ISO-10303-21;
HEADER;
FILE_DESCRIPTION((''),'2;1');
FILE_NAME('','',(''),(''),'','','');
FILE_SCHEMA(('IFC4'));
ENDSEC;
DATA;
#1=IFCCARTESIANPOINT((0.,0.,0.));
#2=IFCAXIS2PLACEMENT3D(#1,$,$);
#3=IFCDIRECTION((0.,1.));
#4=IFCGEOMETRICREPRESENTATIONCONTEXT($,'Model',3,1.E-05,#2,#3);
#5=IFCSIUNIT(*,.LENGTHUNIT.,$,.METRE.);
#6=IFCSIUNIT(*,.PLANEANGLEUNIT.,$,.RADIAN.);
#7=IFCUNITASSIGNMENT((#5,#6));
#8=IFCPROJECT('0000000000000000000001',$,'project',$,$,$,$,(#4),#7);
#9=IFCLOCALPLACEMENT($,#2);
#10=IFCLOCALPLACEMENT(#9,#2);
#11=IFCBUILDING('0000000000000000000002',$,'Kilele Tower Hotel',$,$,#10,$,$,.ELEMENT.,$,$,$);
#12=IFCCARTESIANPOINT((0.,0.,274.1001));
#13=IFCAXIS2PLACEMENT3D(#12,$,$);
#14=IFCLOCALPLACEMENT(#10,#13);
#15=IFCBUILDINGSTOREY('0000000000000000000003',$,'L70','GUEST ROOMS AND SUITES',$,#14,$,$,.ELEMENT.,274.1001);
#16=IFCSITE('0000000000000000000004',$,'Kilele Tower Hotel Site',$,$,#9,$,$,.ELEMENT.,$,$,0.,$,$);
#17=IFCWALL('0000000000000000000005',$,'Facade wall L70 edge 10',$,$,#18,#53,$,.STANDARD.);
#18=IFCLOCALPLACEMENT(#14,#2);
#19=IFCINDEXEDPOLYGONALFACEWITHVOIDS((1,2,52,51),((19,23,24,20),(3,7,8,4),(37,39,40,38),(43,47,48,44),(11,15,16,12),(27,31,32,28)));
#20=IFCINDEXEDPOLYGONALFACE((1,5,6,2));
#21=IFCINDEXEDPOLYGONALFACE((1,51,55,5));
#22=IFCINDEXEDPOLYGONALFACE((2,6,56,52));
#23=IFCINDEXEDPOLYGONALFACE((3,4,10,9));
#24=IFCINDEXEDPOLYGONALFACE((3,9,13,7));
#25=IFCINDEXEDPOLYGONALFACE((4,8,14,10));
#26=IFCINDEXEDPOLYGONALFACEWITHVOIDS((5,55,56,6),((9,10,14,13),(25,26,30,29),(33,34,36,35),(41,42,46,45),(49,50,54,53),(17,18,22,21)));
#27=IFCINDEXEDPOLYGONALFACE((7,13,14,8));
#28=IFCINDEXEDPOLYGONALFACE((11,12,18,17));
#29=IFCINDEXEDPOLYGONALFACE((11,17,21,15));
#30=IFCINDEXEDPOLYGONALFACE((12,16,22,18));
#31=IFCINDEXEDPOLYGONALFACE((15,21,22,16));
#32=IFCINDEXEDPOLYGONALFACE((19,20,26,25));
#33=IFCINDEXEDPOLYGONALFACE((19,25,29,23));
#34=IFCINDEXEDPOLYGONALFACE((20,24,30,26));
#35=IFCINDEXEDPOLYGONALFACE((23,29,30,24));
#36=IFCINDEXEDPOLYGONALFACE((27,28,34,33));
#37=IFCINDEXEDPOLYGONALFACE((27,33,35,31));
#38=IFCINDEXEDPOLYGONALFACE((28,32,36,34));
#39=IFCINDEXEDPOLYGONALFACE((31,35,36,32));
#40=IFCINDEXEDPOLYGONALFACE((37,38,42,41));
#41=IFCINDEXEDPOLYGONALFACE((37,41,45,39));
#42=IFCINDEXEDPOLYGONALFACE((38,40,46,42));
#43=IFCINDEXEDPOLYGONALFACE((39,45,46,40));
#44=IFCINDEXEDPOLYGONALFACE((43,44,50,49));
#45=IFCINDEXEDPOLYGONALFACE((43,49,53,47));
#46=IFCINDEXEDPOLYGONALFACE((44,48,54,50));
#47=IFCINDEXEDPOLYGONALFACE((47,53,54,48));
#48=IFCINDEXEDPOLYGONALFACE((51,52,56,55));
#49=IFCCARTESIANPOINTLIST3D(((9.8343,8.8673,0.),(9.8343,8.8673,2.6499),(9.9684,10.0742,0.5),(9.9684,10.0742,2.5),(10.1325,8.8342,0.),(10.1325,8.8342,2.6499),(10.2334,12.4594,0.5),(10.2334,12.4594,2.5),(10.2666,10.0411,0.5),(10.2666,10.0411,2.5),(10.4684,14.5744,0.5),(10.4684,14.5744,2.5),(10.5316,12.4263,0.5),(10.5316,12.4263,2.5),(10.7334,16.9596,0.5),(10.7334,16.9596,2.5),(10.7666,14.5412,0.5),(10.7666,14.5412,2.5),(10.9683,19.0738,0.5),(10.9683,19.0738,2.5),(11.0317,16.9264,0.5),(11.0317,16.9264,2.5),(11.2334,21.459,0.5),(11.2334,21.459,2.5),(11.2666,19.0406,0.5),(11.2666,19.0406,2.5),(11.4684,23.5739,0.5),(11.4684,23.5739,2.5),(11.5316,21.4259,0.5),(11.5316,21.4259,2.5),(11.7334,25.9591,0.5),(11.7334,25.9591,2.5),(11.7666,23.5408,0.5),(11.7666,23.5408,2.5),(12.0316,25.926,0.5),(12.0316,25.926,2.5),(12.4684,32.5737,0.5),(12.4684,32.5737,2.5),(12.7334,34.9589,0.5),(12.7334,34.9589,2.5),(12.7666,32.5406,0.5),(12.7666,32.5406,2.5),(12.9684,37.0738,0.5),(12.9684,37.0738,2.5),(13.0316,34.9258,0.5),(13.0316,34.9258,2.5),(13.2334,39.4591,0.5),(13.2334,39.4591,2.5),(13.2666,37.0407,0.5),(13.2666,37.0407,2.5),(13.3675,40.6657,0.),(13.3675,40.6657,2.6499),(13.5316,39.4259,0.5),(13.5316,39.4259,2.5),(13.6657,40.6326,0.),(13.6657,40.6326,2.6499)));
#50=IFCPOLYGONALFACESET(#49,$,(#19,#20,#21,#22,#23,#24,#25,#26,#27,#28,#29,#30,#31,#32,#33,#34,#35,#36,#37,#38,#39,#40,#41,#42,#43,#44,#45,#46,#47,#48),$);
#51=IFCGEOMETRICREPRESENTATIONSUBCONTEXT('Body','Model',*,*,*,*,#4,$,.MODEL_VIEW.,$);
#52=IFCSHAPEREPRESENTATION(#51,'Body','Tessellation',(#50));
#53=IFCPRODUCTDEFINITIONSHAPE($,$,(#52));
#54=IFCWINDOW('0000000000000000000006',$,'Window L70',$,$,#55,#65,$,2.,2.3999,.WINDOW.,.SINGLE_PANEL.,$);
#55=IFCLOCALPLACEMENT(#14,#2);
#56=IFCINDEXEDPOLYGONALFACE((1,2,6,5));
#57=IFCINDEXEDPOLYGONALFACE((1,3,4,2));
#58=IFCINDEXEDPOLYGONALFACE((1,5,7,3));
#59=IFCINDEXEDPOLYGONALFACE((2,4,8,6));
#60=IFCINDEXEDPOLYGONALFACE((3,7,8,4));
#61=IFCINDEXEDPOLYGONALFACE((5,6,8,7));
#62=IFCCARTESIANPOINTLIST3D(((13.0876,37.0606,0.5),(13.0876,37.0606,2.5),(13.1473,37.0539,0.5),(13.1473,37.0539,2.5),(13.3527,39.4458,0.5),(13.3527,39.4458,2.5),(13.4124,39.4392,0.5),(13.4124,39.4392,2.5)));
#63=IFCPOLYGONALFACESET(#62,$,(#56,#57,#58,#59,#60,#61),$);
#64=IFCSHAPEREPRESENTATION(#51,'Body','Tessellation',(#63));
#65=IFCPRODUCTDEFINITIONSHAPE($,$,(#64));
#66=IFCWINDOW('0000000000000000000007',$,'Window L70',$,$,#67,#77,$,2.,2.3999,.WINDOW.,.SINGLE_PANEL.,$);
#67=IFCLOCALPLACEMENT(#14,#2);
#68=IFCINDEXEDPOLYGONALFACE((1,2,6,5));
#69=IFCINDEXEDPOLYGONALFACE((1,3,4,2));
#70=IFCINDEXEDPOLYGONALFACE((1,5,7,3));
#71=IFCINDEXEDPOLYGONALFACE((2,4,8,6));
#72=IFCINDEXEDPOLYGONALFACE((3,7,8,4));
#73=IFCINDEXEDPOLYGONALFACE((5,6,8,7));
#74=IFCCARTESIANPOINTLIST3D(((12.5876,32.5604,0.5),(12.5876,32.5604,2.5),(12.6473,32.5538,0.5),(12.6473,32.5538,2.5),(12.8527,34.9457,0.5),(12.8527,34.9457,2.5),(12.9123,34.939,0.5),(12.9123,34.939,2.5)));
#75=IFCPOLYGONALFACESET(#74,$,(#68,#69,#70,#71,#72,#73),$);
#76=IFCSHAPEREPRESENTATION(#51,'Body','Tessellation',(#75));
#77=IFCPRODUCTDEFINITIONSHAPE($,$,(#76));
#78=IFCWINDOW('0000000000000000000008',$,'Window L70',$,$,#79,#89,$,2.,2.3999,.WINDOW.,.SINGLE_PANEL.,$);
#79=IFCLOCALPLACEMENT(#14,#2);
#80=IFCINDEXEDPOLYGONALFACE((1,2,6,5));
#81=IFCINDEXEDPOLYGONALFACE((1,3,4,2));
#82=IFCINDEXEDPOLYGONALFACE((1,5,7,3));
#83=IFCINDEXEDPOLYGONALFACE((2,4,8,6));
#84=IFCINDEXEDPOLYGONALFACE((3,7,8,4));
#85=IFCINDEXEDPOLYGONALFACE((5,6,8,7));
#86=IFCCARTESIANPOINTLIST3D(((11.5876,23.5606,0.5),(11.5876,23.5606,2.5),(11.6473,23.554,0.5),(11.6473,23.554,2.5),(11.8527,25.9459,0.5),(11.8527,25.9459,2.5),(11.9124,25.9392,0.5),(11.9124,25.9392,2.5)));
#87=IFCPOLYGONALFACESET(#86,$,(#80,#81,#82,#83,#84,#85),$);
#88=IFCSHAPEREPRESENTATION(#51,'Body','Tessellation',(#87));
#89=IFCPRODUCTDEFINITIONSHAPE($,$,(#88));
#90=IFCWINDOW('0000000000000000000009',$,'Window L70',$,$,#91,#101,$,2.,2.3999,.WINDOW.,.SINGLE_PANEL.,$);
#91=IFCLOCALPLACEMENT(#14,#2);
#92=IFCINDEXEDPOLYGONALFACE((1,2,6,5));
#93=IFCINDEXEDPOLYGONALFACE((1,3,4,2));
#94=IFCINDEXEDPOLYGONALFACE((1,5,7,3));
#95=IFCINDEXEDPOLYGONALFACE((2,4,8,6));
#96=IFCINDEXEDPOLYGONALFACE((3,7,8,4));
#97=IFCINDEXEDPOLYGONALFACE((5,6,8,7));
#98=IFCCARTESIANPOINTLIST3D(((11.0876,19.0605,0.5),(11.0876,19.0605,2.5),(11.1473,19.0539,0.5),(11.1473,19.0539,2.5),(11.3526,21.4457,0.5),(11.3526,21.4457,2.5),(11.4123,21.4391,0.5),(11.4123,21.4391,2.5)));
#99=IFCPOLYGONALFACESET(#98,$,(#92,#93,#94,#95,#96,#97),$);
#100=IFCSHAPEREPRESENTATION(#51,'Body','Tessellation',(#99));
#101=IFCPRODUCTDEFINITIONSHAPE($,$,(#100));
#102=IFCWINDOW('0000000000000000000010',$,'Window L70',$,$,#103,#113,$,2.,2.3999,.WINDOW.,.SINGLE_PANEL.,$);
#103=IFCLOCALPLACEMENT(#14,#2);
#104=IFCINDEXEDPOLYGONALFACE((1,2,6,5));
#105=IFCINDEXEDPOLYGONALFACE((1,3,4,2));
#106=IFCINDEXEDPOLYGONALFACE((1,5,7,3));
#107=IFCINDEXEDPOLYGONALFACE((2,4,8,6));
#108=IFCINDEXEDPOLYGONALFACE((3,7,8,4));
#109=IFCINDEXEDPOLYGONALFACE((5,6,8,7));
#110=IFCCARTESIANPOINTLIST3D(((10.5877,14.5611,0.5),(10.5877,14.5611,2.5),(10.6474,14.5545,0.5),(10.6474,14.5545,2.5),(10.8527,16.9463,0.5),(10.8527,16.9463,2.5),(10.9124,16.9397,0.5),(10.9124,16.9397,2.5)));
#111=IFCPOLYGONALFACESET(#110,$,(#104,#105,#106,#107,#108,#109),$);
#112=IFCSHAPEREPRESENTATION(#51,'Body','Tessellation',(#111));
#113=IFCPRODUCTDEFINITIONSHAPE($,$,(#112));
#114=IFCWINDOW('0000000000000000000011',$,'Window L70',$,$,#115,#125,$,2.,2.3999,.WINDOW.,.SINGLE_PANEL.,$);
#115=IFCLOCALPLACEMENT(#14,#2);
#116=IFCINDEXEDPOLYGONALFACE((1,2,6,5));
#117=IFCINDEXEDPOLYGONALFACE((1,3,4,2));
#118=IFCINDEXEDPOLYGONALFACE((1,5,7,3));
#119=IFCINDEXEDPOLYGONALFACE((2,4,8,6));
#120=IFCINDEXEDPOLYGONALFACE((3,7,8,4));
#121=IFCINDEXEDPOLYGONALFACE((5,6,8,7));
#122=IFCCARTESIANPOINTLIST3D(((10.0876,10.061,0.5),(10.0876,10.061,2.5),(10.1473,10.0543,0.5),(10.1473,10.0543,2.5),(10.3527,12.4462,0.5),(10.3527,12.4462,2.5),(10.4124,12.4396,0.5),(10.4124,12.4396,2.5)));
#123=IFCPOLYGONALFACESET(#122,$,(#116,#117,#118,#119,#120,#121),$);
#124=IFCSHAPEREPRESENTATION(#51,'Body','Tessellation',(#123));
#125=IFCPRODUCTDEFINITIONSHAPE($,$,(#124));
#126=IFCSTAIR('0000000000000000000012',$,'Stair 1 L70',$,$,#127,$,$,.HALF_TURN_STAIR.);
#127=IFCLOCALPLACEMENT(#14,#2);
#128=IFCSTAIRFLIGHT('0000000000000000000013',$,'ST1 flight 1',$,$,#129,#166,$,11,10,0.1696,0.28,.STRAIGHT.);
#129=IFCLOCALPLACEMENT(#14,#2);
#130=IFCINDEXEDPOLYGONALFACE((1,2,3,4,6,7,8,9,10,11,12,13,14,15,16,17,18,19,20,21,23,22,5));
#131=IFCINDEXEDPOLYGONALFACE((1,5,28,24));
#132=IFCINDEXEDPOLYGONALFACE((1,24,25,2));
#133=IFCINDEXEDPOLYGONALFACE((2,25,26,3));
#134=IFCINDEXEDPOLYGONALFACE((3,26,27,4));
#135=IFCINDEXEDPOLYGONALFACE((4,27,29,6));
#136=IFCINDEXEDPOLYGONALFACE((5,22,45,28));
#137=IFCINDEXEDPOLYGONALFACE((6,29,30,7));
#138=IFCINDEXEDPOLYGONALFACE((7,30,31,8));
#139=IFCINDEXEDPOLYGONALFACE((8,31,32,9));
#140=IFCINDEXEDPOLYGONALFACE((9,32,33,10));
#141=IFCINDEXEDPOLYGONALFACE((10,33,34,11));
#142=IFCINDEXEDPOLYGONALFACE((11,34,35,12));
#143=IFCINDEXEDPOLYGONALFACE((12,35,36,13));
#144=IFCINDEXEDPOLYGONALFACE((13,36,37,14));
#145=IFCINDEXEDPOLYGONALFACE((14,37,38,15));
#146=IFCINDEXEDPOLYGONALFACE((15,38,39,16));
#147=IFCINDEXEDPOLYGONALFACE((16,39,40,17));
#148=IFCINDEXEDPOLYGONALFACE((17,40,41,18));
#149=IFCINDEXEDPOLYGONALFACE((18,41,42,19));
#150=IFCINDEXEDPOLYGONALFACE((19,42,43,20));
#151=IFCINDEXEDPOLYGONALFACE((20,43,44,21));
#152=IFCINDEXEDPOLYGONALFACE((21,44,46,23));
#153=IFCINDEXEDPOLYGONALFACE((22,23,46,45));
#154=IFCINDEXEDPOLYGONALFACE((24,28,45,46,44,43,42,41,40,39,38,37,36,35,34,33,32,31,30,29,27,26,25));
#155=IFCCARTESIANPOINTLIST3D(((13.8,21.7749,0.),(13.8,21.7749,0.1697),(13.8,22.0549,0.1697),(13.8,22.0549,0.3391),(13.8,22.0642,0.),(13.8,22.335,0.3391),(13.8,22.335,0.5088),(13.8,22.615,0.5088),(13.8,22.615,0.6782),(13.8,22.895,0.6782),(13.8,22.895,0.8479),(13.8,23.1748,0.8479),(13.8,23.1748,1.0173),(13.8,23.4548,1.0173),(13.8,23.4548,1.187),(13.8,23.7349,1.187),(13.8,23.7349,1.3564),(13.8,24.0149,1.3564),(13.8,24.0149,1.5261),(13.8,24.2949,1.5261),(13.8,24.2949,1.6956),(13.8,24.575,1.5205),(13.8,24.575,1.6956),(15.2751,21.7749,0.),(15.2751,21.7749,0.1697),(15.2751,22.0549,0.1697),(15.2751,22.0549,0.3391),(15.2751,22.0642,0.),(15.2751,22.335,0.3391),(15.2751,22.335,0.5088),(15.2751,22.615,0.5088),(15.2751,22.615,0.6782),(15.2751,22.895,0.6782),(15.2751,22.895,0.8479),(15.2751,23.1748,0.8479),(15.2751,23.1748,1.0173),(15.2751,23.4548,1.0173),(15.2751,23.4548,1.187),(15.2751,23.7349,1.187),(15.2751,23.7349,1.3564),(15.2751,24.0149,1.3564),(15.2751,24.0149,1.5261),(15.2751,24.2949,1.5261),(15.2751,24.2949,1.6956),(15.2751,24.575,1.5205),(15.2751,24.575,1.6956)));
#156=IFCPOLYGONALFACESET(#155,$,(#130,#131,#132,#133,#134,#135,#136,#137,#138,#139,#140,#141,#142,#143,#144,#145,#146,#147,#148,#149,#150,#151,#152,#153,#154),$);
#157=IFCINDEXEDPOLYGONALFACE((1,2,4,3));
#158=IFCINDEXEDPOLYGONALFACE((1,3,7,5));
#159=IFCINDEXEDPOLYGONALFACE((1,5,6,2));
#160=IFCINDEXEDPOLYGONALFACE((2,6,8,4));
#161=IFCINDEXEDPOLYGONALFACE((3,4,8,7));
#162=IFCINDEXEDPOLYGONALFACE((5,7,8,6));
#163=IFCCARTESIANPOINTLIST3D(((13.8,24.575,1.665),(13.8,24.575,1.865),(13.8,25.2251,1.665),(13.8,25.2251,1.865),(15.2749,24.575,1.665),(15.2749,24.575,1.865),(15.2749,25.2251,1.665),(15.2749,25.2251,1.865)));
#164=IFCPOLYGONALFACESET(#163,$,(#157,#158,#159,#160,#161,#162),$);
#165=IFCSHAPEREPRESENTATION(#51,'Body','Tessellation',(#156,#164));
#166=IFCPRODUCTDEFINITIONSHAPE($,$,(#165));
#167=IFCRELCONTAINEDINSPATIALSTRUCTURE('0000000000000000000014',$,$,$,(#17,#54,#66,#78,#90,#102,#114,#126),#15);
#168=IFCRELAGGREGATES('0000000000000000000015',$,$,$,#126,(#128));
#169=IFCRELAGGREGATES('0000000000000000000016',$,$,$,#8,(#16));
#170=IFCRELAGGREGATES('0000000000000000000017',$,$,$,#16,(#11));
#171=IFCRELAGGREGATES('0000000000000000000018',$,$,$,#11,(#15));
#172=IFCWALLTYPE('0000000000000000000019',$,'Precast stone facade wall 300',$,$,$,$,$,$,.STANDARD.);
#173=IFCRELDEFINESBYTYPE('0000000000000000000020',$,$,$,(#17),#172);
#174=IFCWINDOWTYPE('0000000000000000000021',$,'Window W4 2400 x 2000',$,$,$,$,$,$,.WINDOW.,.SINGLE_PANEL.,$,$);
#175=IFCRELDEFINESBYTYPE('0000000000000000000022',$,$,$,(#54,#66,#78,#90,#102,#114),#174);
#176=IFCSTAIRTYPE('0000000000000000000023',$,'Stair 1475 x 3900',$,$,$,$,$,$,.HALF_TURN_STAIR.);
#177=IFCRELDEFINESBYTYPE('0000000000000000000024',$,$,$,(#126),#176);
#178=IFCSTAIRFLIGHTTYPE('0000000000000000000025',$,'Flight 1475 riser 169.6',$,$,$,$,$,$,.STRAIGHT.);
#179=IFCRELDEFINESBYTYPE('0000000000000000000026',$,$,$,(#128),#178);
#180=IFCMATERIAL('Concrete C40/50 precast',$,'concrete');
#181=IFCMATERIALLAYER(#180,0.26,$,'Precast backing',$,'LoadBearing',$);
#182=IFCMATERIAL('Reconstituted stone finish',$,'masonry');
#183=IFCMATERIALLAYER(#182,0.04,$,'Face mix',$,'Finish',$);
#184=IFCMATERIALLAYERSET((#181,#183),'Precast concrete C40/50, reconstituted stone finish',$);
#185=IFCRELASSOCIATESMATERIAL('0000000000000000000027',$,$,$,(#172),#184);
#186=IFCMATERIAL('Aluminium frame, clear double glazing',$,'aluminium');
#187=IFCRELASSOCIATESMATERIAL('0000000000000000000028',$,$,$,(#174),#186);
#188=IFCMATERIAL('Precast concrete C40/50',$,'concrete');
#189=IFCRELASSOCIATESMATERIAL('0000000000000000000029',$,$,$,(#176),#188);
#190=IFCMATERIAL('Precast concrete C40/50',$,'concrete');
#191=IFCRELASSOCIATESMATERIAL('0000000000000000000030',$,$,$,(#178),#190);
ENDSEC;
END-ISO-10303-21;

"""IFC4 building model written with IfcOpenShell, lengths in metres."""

from ifc_helpers import new_model, si_unit, direction, frame, frame_2d, origin, place, context, subcontext, project, spatial, polyline, rectangle, outline, extrude, material, layer, layer_set, type_object, element, fill, aggregate, save


model = new_model("IFC4")

# Units and contexts
model_context = context("Model", 3, precision=1e-05, world=origin(), true_north=direction((0.0, 1.0)))
body_context = subcontext(model_context, "Body", "Model", "MODEL_VIEW")
ifc_project = project(units=[si_unit("LENGTHUNIT", "METRE"), si_unit("PLANEANGLEUNIT", "RADIAN")], contexts=[model_context])

# Site, building, storey
site_placement = place(None, origin())
site = spatial("IfcSite", under=ifc_project, at=site_placement, Name="Kilele Tower Hotel Site", CompositionType="ELEMENT", RefElevation=0.0)
building_placement = place(site_placement, origin())
building = spatial("IfcBuilding", under=site, at=building_placement, Name="Kilele Tower Hotel", CompositionType="ELEMENT")
storey_placement = place(building_placement, frame((0.0, 0.0, 274.1001)))
storey = spatial("IfcBuildingStorey", under=building, at=storey_placement, Name="L70", Description="GUEST ROOMS AND SUITES", CompositionType="ELEMENT", Elevation=274.1001)

# Wall, openings, windows
ifc_material_1 = material(Name="Concrete C40/50 precast", Category="concrete")
ifc_layer_1 = layer(ifc_material_1, 0.26, Name="Precast backing", Category="LoadBearing")
ifc_material_2 = material(Name="Reconstituted stone finish", Category="masonry")
ifc_layer_2 = layer(ifc_material_2, 0.04, Name="Face mix", Category="Finish")
ifc_layer_set_1 = layer_set([ifc_layer_1, ifc_layer_2], Name="Precast concrete C40/50, reconstituted stone finish")
wall_type_1 = type_object("IfcWallType", Name="Precast stone facade wall 300", PredefinedType="STANDARD", material=ifc_layer_set_1)
wall_1_placement = place(storey_placement, frame((13.5166, 40.6492, 0.0), z_axis=(0.0, 0.0, 1.0), x_axis=(-0.110433, -0.993884, 0.0)))
wall_1 = element("IfcWall", 1, at=wall_1_placement, inside=storey, type_object=wall_type_1, Name="Facade wall L70 edge 10", PredefinedType="STANDARD", context=body_context, shape_type="SweptSolid", body=[
    extrude(rectangle(XDim=31.9941, YDim=0.3, at=frame_2d((15.9971, 0.0))), origin(), (0.0, 0.0, 1.0), 2.6499),
])
opening_1_placement = place(wall_1_placement, frame((1.2141, 0.0, 0.5)))
opening_1 = element("IfcOpeningElement", 2, at=opening_1_placement, cuts=wall_1, PredefinedType="OPENING", context=body_context, shape_type="SweptSolid", body=[
    extrude(rectangle(XDim=2.3999, YDim=2.0, at=frame_2d((1.2, 1.0))), frame((0.0, 0.1599, 0.0), z_axis=(0.0, -1.0, 0.0), x_axis=(1.0, 0.0, 0.0)), (0.0, 0.0, 1.0), 0.3201),
])
opening_2_placement = place(wall_1_placement, frame((5.7419, 0.0, 0.5)))
opening_2 = element("IfcOpeningElement", 3, at=opening_2_placement, cuts=wall_1, PredefinedType="OPENING", context=body_context, shape_type="SweptSolid", body=[
    extrude(rectangle(XDim=2.3999, YDim=2.0, at=frame_2d((1.2, 1.0))), frame((0.0, 0.1599, 0.0), z_axis=(0.0, -1.0, 0.0), x_axis=(1.0, 0.0, 0.0)), (0.0, 0.0, 1.0), 0.3201),
])
opening_3_placement = place(wall_1_placement, frame((14.7971, 0.0, 0.5)))
opening_3 = element("IfcOpeningElement", 4, at=opening_3_placement, cuts=wall_1, PredefinedType="OPENING", context=body_context, shape_type="SweptSolid", body=[
    extrude(rectangle(XDim=2.3999, YDim=2.0, at=frame_2d((1.2, 1.0))), frame((0.0, 0.1599, 0.0), z_axis=(0.0, -1.0, 0.0), x_axis=(1.0, 0.0, 0.0)), (0.0, 0.0, 1.0), 0.3201),
])
opening_4_placement = place(wall_1_placement, frame((19.325, 0.0, 0.5)))
opening_4 = element("IfcOpeningElement", 5, at=opening_4_placement, cuts=wall_1, PredefinedType="OPENING", context=body_context, shape_type="SweptSolid", body=[
    extrude(rectangle(XDim=2.3999, YDim=2.0, at=frame_2d((1.2, 1.0))), frame((0.0, 0.1599, 0.0), z_axis=(0.0, -1.0, 0.0), x_axis=(1.0, 0.0, 0.0)), (0.0, 0.0, 1.0), 0.3201),
])
opening_5_placement = place(wall_1_placement, frame((23.8521, 0.0, 0.5)))
opening_5 = element("IfcOpeningElement", 6, at=opening_5_placement, cuts=wall_1, PredefinedType="OPENING", context=body_context, shape_type="SweptSolid", body=[
    extrude(rectangle(XDim=2.3999, YDim=2.0, at=frame_2d((1.2, 1.0))), frame((0.0, 0.1599, 0.0), z_axis=(0.0, -1.0, 0.0), x_axis=(1.0, 0.0, 0.0)), (0.0, 0.0, 1.0), 0.3201),
])
opening_6_placement = place(wall_1_placement, frame((28.3799, 0.0, 0.5)))
opening_6 = element("IfcOpeningElement", 7, at=opening_6_placement, cuts=wall_1, PredefinedType="OPENING", context=body_context, shape_type="SweptSolid", body=[
    extrude(rectangle(XDim=2.3999, YDim=2.0, at=frame_2d((1.2, 1.0))), frame((0.0, 0.1599, 0.0), z_axis=(0.0, -1.0, 0.0), x_axis=(1.0, 0.0, 0.0)), (0.0, 0.0, 1.0), 0.3201),
])
ifc_material_3 = material(Name="Aluminium frame, clear double glazing", Category="aluminium")
window_type = type_object("IfcWindowType", Name="Window W4 2400 x 2000", PartitioningType="SINGLE_PANEL", PredefinedType="WINDOW", material=ifc_material_3)
window_1_placement = place(opening_1_placement, origin())
window_1 = element("IfcWindow", 8, at=window_1_placement, inside=storey, type_object=window_type, Name="Window L70", OverallHeight=2.0, OverallWidth=2.3999, PartitioningType="SINGLE_PANEL", PredefinedType="WINDOW", context=body_context, shape_type="SweptSolid", body=[
    extrude(rectangle(XDim=2.3999, YDim=2.0, at=frame_2d((1.2, 1.0))), frame((0.0, 0.03, 0.0), z_axis=(0.0, -1.0, 0.0), x_axis=(1.0, 0.0, 0.0)), (0.0, 0.0, 1.0), 0.0601),
])
fill(opening_1, window_1)
window_2_placement = place(opening_2_placement, origin())
window_2 = element("IfcWindow", 9, at=window_2_placement, inside=storey, type_object=window_type, Name="Window L70", OverallHeight=2.0, OverallWidth=2.3999, PartitioningType="SINGLE_PANEL", PredefinedType="WINDOW", context=body_context, shape_type="SweptSolid", body=[
    extrude(rectangle(XDim=2.3999, YDim=2.0, at=frame_2d((1.2, 1.0))), frame((0.0, 0.03, 0.0), z_axis=(0.0, -1.0, 0.0), x_axis=(1.0, 0.0, 0.0)), (0.0, 0.0, 1.0), 0.0601),
])
fill(opening_2, window_2)
window_3_placement = place(opening_3_placement, origin())
window_3 = element("IfcWindow", 10, at=window_3_placement, inside=storey, type_object=window_type, Name="Window L70", OverallHeight=2.0, OverallWidth=2.3999, PartitioningType="SINGLE_PANEL", PredefinedType="WINDOW", context=body_context, shape_type="SweptSolid", body=[
    extrude(rectangle(XDim=2.3999, YDim=2.0, at=frame_2d((1.2, 1.0))), frame((0.0, 0.03, 0.0), z_axis=(0.0, -1.0, 0.0), x_axis=(1.0, 0.0, 0.0)), (0.0, 0.0, 1.0), 0.0601),
])
fill(opening_3, window_3)
window_4_placement = place(opening_4_placement, origin())
window_4 = element("IfcWindow", 11, at=window_4_placement, inside=storey, type_object=window_type, Name="Window L70", OverallHeight=2.0, OverallWidth=2.3999, PartitioningType="SINGLE_PANEL", PredefinedType="WINDOW", context=body_context, shape_type="SweptSolid", body=[
    extrude(rectangle(XDim=2.3999, YDim=2.0, at=frame_2d((1.2, 1.0))), frame((0.0, 0.03, 0.0), z_axis=(0.0, -1.0, 0.0), x_axis=(1.0, 0.0, 0.0)), (0.0, 0.0, 1.0), 0.0601),
])
fill(opening_4, window_4)
window_5_placement = place(opening_5_placement, origin())
window_5 = element("IfcWindow", 12, at=window_5_placement, inside=storey, type_object=window_type, Name="Window L70", OverallHeight=2.0, OverallWidth=2.3999, PartitioningType="SINGLE_PANEL", PredefinedType="WINDOW", context=body_context, shape_type="SweptSolid", body=[
    extrude(rectangle(XDim=2.3999, YDim=2.0, at=frame_2d((1.2, 1.0))), frame((0.0, 0.03, 0.0), z_axis=(0.0, -1.0, 0.0), x_axis=(1.0, 0.0, 0.0)), (0.0, 0.0, 1.0), 0.0601),
])
fill(opening_5, window_5)
window_6_placement = place(opening_6_placement, origin())
window_6 = element("IfcWindow", 13, at=window_6_placement, inside=storey, type_object=window_type, Name="Window L70", OverallHeight=2.0, OverallWidth=2.3999, PartitioningType="SINGLE_PANEL", PredefinedType="WINDOW", context=body_context, shape_type="SweptSolid", body=[
    extrude(rectangle(XDim=2.3999, YDim=2.0, at=frame_2d((1.2, 1.0))), frame((0.0, 0.03, 0.0), z_axis=(0.0, -1.0, 0.0), x_axis=(1.0, 0.0, 0.0)), (0.0, 0.0, 1.0), 0.0601),
])
fill(opening_6, window_6)

# Stair, stair flight
ifc_material_4 = material(Name="Precast concrete C40/50", Category="concrete")
stair_type = type_object("IfcStairType", Name="Stair 1475 x 3900", PredefinedType="HALF_TURN_STAIR", material=ifc_material_4)
stair_placement = place(storey_placement, origin())
stair = element("IfcStair", 14, at=stair_placement, inside=storey, type_object=stair_type, Name="Stair 1 L70", PredefinedType="HALF_TURN_STAIR")
ifc_material_5 = material(Name="Precast concrete C40/50", Category="concrete")
stair_flight_type = type_object("IfcStairFlightType", Name="Flight 1475 riser 169.6", PredefinedType="STRAIGHT", material=ifc_material_5)
stair_flight_1_placement = place(storey_placement, frame((14.5376, 21.7749, 0.0), z_axis=(0.0, 0.0, 1.0), x_axis=(0.0, 1.0, 0.0)))
stair_flight_1 = element("IfcStairFlight", 15, at=stair_flight_1_placement, type_object=stair_flight_type, Name="ST1 flight 1", NumberOfRisers=11, NumberOfTreads=10, PredefinedType="STRAIGHT", RiserHeight=0.1696, TreadLength=0.28, context=body_context, shape_type="SweptSolid", body=[
    extrude(outline(polyline([(0.0, 0.0), (0.0, 0.1697), (0.28, 0.1697), (0.28, 0.3391), (0.5601, 0.3391), (0.5601, 0.5088), (0.8401, 0.5088), (0.8401, 0.6782), (1.1201, 0.6782), (1.1201, 0.8479), (1.3999, 0.8479), (1.3999, 1.0173), (1.6799, 1.0173), (1.6799, 1.187), (1.96, 1.187), (1.96, 1.3564), (2.24, 1.3564), (2.24, 1.5261), (2.52, 1.5261), (2.52, 1.6956), (2.8, 1.6956), (2.8, 1.8652), (2.8, 1.5205), (0.2893, 0.0), (0.0, 0.0)])), frame((0.0, 0.7375, 0.0), z_axis=(0.0, -1.0, 0.0), x_axis=(1.0, 0.0, 0.0)), (0.0, 0.0, 1.0), 1.4751),
    extrude(outline(polyline([(2.8, 0.7375), (2.8, -0.7373), (3.4502, -0.7373), (3.4502, 0.7375), (2.8, 0.7375)])), frame((0.0, 0.0, 1.665)), (0.0, 0.0, 1.0), 0.2),
])
aggregate(stair, [stair_flight_1])

save(model, "model.ifc")
